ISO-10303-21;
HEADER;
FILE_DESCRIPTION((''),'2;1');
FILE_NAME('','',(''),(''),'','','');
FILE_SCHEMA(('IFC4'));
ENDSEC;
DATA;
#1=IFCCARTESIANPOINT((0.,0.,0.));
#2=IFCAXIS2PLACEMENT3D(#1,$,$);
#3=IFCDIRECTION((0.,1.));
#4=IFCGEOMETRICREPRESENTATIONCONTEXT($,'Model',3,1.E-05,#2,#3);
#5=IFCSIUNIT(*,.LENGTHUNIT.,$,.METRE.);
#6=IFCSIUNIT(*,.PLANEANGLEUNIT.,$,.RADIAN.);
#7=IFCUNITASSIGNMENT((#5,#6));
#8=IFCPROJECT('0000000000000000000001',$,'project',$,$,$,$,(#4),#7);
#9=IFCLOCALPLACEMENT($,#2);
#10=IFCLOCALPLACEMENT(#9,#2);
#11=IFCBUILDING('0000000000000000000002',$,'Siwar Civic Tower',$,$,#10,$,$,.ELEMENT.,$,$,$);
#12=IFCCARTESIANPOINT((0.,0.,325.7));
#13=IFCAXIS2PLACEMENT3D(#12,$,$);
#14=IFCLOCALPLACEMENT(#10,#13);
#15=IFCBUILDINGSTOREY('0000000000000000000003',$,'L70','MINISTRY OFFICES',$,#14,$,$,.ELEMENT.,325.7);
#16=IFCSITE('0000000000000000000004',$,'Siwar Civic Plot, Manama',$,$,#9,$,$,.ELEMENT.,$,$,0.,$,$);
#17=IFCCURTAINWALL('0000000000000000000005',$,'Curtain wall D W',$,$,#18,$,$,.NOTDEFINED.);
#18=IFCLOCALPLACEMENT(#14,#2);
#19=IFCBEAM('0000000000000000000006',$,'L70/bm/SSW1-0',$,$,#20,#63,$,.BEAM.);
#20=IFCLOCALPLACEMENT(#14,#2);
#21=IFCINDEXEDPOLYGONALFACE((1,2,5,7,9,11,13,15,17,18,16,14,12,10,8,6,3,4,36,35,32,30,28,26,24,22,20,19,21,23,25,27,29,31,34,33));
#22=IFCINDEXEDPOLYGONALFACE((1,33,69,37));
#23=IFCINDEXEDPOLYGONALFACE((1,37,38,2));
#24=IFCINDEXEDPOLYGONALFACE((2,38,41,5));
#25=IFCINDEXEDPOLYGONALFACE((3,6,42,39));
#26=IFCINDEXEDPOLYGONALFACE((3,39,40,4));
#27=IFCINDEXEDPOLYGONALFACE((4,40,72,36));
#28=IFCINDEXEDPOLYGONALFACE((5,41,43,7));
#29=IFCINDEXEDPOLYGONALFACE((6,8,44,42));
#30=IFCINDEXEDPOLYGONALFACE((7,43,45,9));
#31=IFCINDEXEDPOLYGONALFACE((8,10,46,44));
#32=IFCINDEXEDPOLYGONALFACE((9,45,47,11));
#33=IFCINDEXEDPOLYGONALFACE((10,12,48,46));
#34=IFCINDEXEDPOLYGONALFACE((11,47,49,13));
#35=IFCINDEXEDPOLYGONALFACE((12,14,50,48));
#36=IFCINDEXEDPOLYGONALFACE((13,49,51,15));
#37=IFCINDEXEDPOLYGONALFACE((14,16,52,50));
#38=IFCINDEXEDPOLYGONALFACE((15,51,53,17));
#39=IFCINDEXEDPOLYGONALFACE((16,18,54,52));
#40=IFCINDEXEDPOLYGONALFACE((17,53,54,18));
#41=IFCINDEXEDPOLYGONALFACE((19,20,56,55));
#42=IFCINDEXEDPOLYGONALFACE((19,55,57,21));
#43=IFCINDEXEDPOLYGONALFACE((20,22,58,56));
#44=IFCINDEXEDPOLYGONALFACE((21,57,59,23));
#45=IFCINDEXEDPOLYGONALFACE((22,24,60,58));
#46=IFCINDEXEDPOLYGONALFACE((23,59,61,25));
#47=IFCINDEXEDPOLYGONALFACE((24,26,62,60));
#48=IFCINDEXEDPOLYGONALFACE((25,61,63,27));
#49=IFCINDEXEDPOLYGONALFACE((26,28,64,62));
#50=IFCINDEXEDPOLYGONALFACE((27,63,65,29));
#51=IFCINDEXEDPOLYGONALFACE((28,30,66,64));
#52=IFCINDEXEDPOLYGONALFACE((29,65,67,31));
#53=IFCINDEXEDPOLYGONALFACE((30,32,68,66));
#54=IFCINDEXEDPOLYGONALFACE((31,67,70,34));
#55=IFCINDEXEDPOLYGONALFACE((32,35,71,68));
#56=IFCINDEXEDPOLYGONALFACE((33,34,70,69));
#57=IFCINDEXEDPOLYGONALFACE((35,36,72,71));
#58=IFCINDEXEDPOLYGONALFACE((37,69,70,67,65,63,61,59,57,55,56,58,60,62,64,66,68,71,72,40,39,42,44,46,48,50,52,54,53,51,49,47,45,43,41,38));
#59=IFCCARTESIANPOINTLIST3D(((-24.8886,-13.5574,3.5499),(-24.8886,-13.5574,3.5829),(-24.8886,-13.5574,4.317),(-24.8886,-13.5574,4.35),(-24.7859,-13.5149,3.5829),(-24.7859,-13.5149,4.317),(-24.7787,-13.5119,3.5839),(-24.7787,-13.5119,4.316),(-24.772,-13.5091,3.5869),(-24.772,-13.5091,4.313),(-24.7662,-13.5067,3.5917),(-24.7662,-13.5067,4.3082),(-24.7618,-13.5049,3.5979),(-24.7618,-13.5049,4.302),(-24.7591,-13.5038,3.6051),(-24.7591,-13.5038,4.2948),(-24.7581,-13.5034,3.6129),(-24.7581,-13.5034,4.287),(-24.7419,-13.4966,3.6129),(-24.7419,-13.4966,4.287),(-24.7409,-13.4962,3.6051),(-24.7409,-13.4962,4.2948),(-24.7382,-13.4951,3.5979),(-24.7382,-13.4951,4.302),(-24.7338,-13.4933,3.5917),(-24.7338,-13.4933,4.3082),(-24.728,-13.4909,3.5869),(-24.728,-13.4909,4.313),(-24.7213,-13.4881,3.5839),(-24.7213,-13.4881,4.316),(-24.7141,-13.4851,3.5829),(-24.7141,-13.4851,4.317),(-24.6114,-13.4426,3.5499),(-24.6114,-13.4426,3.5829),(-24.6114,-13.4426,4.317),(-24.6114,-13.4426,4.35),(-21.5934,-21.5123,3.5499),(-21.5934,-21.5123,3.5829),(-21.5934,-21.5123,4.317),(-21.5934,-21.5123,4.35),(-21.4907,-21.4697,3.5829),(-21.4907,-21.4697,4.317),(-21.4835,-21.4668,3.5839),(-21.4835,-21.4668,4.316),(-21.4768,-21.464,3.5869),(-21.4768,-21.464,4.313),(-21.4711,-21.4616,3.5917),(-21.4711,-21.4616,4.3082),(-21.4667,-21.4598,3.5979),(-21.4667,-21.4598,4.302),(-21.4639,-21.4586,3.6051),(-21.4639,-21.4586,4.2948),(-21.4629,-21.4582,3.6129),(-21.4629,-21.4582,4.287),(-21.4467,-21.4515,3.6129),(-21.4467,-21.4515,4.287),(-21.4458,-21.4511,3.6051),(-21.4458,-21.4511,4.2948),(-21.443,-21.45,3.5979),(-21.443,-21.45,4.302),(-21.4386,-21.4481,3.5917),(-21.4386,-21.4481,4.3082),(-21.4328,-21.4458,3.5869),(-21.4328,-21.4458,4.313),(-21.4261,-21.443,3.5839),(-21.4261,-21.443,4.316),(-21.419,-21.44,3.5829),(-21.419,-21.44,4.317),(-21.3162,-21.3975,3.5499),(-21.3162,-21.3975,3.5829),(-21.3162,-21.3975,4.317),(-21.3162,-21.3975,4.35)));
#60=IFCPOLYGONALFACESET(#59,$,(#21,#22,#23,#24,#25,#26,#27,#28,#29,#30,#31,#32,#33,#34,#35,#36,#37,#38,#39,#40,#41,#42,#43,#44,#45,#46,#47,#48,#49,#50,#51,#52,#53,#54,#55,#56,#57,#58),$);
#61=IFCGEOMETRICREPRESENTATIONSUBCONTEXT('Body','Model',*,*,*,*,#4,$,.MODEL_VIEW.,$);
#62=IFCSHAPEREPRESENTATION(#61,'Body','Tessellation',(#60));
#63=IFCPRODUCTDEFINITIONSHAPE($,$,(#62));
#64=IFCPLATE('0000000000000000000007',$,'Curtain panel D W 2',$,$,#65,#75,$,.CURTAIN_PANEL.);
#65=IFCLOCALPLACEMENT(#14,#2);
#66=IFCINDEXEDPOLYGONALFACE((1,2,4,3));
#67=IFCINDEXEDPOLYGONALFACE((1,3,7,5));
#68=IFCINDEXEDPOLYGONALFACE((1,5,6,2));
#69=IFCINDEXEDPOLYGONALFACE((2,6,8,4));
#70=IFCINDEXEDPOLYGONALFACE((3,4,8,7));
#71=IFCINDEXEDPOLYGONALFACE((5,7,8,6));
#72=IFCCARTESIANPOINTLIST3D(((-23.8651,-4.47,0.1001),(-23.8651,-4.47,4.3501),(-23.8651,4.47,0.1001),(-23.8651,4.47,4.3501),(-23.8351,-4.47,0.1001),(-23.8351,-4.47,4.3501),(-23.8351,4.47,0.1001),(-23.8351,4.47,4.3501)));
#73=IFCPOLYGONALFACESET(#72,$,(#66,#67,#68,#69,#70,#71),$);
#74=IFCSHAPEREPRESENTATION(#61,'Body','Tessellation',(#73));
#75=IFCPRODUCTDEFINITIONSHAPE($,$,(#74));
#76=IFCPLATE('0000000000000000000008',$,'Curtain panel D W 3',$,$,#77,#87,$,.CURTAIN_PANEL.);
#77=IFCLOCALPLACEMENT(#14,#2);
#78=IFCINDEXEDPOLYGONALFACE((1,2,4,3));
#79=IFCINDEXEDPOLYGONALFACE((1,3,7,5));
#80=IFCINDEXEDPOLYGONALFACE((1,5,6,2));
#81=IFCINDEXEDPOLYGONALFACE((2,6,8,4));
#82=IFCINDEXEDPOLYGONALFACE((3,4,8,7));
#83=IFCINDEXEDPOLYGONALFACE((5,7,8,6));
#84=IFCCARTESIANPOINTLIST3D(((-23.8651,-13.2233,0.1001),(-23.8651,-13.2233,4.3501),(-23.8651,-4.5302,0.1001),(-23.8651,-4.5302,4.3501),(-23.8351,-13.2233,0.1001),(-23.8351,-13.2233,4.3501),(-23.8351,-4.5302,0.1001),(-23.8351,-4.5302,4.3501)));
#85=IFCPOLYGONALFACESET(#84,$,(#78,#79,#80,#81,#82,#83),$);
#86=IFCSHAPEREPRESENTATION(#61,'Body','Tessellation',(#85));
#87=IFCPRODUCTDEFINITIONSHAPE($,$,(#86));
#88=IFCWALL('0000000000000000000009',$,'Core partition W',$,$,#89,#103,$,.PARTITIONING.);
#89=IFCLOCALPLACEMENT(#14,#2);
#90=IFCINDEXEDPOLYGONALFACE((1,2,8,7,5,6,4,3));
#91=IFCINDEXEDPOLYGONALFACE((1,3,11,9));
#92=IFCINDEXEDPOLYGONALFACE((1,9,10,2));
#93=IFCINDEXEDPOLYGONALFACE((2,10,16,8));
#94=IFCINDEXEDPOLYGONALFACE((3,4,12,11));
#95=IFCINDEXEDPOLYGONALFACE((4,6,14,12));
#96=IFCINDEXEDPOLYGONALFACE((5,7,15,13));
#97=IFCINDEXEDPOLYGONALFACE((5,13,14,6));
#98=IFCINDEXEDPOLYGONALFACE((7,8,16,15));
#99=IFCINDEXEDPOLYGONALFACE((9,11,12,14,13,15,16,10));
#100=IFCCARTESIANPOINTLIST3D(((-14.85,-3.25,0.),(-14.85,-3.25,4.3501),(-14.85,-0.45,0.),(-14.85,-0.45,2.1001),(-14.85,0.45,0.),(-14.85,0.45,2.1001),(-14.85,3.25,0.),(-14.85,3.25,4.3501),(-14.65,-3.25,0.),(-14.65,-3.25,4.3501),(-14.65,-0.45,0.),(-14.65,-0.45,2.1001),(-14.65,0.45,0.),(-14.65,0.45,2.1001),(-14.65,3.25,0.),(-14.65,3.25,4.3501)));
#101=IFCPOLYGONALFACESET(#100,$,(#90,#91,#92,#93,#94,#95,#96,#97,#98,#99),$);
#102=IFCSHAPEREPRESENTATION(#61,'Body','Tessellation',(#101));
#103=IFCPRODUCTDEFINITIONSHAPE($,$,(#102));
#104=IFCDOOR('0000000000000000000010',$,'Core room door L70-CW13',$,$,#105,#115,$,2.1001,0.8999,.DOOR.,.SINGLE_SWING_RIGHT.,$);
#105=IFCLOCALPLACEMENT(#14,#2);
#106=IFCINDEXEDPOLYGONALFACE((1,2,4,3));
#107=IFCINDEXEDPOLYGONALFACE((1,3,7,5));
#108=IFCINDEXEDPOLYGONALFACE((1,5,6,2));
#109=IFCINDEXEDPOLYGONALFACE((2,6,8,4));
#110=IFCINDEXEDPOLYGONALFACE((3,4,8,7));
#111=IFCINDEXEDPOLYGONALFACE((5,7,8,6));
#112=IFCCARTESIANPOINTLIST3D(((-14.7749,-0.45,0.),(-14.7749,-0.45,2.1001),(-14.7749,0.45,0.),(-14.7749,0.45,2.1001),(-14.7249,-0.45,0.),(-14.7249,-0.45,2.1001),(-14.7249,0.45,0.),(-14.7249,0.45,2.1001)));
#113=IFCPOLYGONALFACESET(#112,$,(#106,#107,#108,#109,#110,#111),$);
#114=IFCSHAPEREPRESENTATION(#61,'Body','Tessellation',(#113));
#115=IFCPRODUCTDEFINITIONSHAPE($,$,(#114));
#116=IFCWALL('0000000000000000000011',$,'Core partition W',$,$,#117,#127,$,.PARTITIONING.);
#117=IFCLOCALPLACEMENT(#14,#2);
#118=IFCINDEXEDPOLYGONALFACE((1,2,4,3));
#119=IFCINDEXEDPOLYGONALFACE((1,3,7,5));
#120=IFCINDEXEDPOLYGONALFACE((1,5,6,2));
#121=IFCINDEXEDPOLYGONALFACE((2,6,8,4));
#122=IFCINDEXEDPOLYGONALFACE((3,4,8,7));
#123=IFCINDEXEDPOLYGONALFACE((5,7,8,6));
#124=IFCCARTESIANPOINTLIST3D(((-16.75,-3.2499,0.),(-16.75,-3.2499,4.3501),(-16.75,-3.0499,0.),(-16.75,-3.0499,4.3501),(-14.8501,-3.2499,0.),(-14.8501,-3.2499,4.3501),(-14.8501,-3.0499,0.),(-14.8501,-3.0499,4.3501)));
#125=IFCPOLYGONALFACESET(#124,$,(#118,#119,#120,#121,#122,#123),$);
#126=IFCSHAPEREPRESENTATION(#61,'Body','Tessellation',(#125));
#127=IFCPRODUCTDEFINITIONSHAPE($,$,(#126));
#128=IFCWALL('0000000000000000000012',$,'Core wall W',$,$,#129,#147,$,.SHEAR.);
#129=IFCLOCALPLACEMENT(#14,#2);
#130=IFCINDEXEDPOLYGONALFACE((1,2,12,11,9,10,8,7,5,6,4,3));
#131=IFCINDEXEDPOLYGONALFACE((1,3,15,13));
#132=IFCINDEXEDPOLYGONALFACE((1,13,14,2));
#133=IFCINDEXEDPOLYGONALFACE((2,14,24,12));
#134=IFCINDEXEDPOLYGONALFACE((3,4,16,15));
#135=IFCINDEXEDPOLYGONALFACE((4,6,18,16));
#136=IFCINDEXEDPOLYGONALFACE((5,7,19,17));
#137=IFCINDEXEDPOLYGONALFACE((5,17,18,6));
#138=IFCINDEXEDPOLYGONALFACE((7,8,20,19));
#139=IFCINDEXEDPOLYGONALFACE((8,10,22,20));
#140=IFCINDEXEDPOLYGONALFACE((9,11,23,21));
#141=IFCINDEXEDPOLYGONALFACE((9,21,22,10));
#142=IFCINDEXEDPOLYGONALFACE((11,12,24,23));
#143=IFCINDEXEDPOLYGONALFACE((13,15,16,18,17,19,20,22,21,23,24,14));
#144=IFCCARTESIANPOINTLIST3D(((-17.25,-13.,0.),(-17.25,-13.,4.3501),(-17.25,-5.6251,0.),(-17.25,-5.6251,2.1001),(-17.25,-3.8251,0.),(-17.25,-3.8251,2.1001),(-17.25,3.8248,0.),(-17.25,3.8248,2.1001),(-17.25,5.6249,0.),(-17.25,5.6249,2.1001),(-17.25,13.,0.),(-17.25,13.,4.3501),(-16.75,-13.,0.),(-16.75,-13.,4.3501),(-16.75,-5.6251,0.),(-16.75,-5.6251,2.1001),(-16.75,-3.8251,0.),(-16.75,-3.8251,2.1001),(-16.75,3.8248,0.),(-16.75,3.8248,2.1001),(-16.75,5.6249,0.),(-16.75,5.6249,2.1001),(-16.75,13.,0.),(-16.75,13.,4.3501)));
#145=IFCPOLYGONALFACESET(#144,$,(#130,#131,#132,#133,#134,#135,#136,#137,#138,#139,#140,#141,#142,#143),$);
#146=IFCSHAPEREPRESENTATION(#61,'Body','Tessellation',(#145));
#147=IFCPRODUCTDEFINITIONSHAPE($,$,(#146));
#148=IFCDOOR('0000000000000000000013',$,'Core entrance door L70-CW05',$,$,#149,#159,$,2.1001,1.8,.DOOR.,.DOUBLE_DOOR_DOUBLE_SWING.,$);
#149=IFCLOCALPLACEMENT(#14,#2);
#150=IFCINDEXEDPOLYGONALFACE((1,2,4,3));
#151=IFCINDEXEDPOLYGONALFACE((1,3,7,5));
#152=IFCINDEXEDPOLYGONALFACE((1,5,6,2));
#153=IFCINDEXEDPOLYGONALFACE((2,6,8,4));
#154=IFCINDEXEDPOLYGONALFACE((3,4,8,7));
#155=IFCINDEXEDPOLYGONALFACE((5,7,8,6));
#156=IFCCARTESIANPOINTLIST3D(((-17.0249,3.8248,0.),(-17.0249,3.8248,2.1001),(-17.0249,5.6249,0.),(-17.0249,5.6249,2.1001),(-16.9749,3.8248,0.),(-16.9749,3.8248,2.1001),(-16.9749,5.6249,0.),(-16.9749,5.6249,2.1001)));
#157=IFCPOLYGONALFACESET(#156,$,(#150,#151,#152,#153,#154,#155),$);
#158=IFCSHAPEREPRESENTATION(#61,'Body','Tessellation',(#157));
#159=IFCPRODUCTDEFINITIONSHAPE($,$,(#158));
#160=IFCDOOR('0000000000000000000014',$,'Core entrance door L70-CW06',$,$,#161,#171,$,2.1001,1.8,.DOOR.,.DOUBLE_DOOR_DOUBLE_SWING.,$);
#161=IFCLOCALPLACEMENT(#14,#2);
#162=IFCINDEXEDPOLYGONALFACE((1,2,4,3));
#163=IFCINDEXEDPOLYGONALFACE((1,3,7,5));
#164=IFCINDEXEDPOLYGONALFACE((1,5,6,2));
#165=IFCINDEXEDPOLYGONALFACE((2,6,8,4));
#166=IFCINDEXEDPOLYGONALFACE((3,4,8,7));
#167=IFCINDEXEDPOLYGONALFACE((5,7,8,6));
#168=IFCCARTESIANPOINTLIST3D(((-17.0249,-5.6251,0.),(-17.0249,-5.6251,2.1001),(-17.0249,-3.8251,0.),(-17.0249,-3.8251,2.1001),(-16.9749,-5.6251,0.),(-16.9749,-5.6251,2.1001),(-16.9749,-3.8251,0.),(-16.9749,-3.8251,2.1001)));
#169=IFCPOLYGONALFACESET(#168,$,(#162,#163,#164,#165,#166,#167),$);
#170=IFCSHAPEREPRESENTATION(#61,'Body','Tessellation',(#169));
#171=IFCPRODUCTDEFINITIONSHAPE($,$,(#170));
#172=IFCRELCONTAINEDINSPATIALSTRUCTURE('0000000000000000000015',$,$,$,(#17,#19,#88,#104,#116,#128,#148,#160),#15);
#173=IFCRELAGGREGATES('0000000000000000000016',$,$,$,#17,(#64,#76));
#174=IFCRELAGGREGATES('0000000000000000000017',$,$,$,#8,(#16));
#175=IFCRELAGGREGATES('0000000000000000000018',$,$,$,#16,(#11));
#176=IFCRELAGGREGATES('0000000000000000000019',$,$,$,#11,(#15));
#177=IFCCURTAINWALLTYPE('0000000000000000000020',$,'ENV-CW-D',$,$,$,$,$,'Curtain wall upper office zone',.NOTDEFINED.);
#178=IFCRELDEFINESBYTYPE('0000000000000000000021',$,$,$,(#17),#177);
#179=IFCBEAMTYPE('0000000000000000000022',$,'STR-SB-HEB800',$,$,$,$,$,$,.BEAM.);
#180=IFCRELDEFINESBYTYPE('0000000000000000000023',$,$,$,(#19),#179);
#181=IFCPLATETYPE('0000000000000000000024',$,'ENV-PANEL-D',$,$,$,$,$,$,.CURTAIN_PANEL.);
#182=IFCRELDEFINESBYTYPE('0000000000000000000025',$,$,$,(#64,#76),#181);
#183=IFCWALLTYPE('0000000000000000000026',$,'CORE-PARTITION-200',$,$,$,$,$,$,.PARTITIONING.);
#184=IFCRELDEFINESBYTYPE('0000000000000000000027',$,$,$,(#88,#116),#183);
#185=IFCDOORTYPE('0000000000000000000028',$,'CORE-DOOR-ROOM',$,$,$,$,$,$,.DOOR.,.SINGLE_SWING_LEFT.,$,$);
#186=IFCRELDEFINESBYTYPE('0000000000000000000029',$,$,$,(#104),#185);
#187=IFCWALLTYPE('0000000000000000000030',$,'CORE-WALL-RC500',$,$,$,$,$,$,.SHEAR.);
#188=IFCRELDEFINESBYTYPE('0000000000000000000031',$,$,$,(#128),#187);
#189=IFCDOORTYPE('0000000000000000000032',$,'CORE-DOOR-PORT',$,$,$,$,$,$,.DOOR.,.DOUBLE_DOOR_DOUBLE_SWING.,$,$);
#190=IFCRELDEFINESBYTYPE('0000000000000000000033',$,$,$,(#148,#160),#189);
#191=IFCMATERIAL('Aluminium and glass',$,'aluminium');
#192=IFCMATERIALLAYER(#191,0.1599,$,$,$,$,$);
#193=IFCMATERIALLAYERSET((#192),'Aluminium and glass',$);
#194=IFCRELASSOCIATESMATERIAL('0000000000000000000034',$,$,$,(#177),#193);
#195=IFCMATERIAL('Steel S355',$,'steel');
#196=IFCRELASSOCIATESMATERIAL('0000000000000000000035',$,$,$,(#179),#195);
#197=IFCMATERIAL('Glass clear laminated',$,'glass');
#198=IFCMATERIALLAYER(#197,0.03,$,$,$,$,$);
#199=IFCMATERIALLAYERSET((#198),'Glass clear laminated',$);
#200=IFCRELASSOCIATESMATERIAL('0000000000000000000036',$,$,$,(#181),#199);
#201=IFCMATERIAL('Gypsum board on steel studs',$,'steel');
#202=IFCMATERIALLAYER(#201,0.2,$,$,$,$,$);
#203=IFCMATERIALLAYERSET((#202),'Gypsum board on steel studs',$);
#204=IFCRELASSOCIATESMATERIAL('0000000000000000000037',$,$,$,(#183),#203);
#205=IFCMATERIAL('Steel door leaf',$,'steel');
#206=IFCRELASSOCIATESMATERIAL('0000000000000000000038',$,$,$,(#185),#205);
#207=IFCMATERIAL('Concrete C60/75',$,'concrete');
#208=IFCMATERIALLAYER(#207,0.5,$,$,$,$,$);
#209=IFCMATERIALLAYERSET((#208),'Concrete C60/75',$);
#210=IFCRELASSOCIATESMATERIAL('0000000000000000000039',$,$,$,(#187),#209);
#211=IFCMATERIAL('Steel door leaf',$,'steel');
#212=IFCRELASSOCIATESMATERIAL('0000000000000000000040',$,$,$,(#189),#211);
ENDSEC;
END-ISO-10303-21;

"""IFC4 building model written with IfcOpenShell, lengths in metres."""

from ifc_helpers import new_model, si_unit, direction, frame, frame_2d, origin, origin_2d, place, context, subcontext, project, spatial, rectangle, i_section, extrude, material, layer, layer_set, material_profile, profile_set, type_object, element, fill, aggregate, save


model = new_model("IFC4")

# Units and contexts
model_context = context("Model", 3, precision=1e-05, world=origin(), true_north=direction((0.0, 1.0)))
body_context = subcontext(model_context, "Body", "Model", "MODEL_VIEW")
ifc_project = project(units=[si_unit("LENGTHUNIT", "METRE"), si_unit("PLANEANGLEUNIT", "RADIAN")], contexts=[model_context])

# Site, building, storey
site_placement = place(None, origin())
site = spatial("IfcSite", under=ifc_project, at=site_placement, Name="Siwar Civic Plot, Manama", CompositionType="ELEMENT", RefElevation=0.0)
building_placement = place(site_placement, origin())
building = spatial("IfcBuilding", under=site, at=building_placement, Name="Siwar Civic Tower", CompositionType="ELEMENT")
storey_placement = place(building_placement, frame((0.0, 0.0, 325.7)))
storey = spatial("IfcBuildingStorey", under=building, at=storey_placement, Name="L70", Description="MINISTRY OFFICES", CompositionType="ELEMENT", Elevation=325.7)

# Curtain wall
ifc_material_1 = material(Name="Aluminium and glass", Category="aluminium")
ifc_layer_1 = layer(ifc_material_1, 0.1599)
ifc_layer_set_1 = layer_set([ifc_layer_1], Name="Aluminium and glass")
curtain_wall_type_1 = type_object("IfcCurtainWallType", Name="ENV-CW-D", ElementType="Curtain wall upper office zone", PredefinedType="NOTDEFINED", material=ifc_layer_set_1)
curtain_wall_1_placement = place(storey_placement, origin())
curtain_wall_1 = element("IfcCurtainWall", 1, at=curtain_wall_1_placement, inside=storey, type_object=curtain_wall_type_1, Name="Curtain wall D W", PredefinedType="NOTDEFINED")

# Beam
ifc_material_2 = material(Name="Steel S355", Category="steel")
ifc_material_profile_1 = material_profile(ifc_material_2, i_section(OverallWidth=0.3, OverallDepth=0.8, WebThickness=0.0176, FlangeThickness=0.033, FilletRadius=0.03, at=origin_2d()), Name="HEB800")
ifc_profile_set_1 = profile_set([ifc_material_profile_1], Name="Steel S355")
beam_type_1 = type_object("IfcBeamType", Name="STR-SB-HEB800", PredefinedType="BEAM", material=ifc_profile_set_1)
beam_1_placement = place(storey_placement, frame((-24.75, -13.5, 3.95), z_axis=(0.3827, -0.923873, 0.0), x_axis=(0.923873, 0.3827, 0.0)))
element("IfcBeam", 2, at=beam_1_placement, inside=storey, type_object=beam_type_1, Name="L70/bm/SSW1-0", PredefinedType="BEAM", context=body_context, shape_type="SweptSolid", body=[
    extrude(i_section(OverallWidth=0.3, OverallDepth=0.8, WebThickness=0.0176, FlangeThickness=0.033, FilletRadius=0.03, at=origin_2d()), origin(), (0.0, 0.0, 1.0), 8.6104),
])

# Plates
ifc_material_3 = material(Name="Glass clear laminated", Category="glass")
ifc_layer_2 = layer(ifc_material_3, 0.03)
ifc_layer_set_2 = layer_set([ifc_layer_2], Name="Glass clear laminated")
plate_type = type_object("IfcPlateType", Name="ENV-PANEL-D", PredefinedType="CURTAIN_PANEL", material=ifc_layer_set_2)
plate_1_placement = place(storey_placement, frame((-23.8501, 0.0, 0.1001), z_axis=(0.0, 0.0, 1.0), x_axis=(0.0, -1.0, 0.0)))
plate_1 = element("IfcPlate", 3, at=plate_1_placement, type_object=plate_type, Name="Curtain panel D W 2", PredefinedType="CURTAIN_PANEL", context=body_context, shape_type="SweptSolid", body=[
    extrude(rectangle(XDim=8.9399, YDim=0.03, at=origin_2d()), origin(), (0.0, 0.0, 1.0), 4.25),
])
plate_2_placement = place(storey_placement, frame((-23.8501, -8.8767, 0.1001), z_axis=(0.0, 0.0, 1.0), x_axis=(0.0, -1.0, 0.0)))
plate_2 = element("IfcPlate", 4, at=plate_2_placement, type_object=plate_type, Name="Curtain panel D W 3", PredefinedType="CURTAIN_PANEL", context=body_context, shape_type="SweptSolid", body=[
    extrude(rectangle(XDim=8.6931, YDim=0.03, at=origin_2d()), origin(), (0.0, 0.0, 1.0), 4.25),
])
aggregate(curtain_wall_1, [plate_1, plate_2])

# Wall, opening, door
ifc_material_4 = material(Name="Gypsum board on steel studs", Category="steel")
ifc_layer_3 = layer(ifc_material_4, 0.2)
ifc_layer_set_3 = layer_set([ifc_layer_3], Name="Gypsum board on steel studs")
wall_type_1 = type_object("IfcWallType", Name="CORE-PARTITION-200", PredefinedType="PARTITIONING", material=ifc_layer_set_3)
wall_1_placement = place(storey_placement, frame((-14.75, -3.25, 0.0), z_axis=(0.0, 0.0, 1.0), x_axis=(0.0, 1.0, 0.0)))
wall_1 = element("IfcWall", 5, at=wall_1_placement, inside=storey, type_object=wall_type_1, Name="Core partition W", PredefinedType="PARTITIONING", context=body_context, shape_type="SweptSolid", body=[
    extrude(rectangle(XDim=6.5, YDim=0.2, at=frame_2d((3.25, 0.0))), origin(), (0.0, 0.0, 1.0), 4.3501),
])
opening_1_placement = place(wall_1_placement, frame((2.8, 0.0, 0.0)))
opening_1 = element("IfcOpeningElement", 6, at=opening_1_placement, cuts=wall_1, PredefinedType="OPENING", context=body_context, shape_type="SweptSolid", body=[
    extrude(rectangle(XDim=0.8999, YDim=2.1001, at=frame_2d((0.45, 1.05))), frame((0.0, 0.1099, 0.0), z_axis=(0.0, -1.0, 0.0), x_axis=(1.0, 0.0, 0.0)), (0.0, 0.0, 1.0), 0.22),
])
ifc_material_5 = material(Name="Steel door leaf", Category="steel")
door_type_1 = type_object("IfcDoorType", Name="CORE-DOOR-ROOM", OperationType="SINGLE_SWING_LEFT", PredefinedType="DOOR", material=ifc_material_5)
door_1_placement = place(opening_1_placement, origin())
door_1 = element("IfcDoor", 7, at=door_1_placement, inside=storey, type_object=door_type_1, Name="Core room door L70-CW13", OperationType="SINGLE_SWING_RIGHT", OverallHeight=2.1001, OverallWidth=0.8999, PredefinedType="DOOR", context=body_context, shape_type="SweptSolid", body=[
    extrude(rectangle(XDim=0.8999, YDim=2.1001, at=frame_2d((0.45, 1.05))), frame((0.0, 0.0249, 0.0), z_axis=(0.0, -1.0, 0.0), x_axis=(1.0, 0.0, 0.0)), (0.0, 0.0, 1.0), 0.05),
])
fill(opening_1, door_1)

# Wall
wall_2_placement = place(storey_placement, frame((-14.8501, -3.1499, 0.0), z_axis=(0.0, 0.0, 1.0), x_axis=(-1.0, 0.0, 0.0)))
element("IfcWall", 8, at=wall_2_placement, inside=storey, type_object=wall_type_1, Name="Core partition W", PredefinedType="PARTITIONING", context=body_context, shape_type="SweptSolid", body=[
    extrude(rectangle(XDim=1.8999, YDim=0.2, at=frame_2d((0.95, 0.0))), origin(), (0.0, 0.0, 1.0), 4.3501),
])

# Wall, openings, doors
ifc_material_6 = material(Name="Concrete C60/75", Category="concrete")
ifc_layer_4 = layer(ifc_material_6, 0.5)
ifc_layer_set_4 = layer_set([ifc_layer_4], Name="Concrete C60/75")
wall_type_2 = type_object("IfcWallType", Name="CORE-WALL-RC500", PredefinedType="SHEAR", material=ifc_layer_set_4)
wall_3_placement = place(storey_placement, frame((-17.0, -13.0, 0.0), z_axis=(0.0, 0.0, 1.0), x_axis=(0.0, 1.0, 0.0)))
wall_3 = element("IfcWall", 9, at=wall_3_placement, inside=storey, type_object=wall_type_2, Name="Core wall W", PredefinedType="SHEAR", context=body_context, shape_type="SweptSolid", body=[
    extrude(rectangle(XDim=26.0, YDim=0.5, at=frame_2d((13.0, 0.0))), origin(), (0.0, 0.0, 1.0), 4.3501),
])
opening_2_placement = place(wall_3_placement, frame((16.825, 0.0, 0.0)))
opening_2 = element("IfcOpeningElement", 10, at=opening_2_placement, cuts=wall_3, PredefinedType="OPENING", context=body_context, shape_type="SweptSolid", body=[
    extrude(rectangle(XDim=1.8, YDim=2.1001, at=frame_2d((0.8999, 1.05))), frame((0.0, 0.26, 0.0), z_axis=(0.0, -1.0, 0.0), x_axis=(1.0, 0.0, 0.0)), (0.0, 0.0, 1.0), 0.52),
])
opening_3_placement = place(wall_3_placement, frame((7.375, 0.0, 0.0)))
opening_3 = element("IfcOpeningElement", 11, at=opening_3_placement, cuts=wall_3, PredefinedType="OPENING", context=body_context, shape_type="SweptSolid", body=[
    extrude(rectangle(XDim=1.8, YDim=2.1001, at=frame_2d((0.8999, 1.05))), frame((0.0, 0.26, 0.0), z_axis=(0.0, -1.0, 0.0), x_axis=(1.0, 0.0, 0.0)), (0.0, 0.0, 1.0), 0.52),
])
ifc_material_7 = material(Name="Steel door leaf", Category="steel")
door_type_2 = type_object("IfcDoorType", Name="CORE-DOOR-PORT", OperationType="DOUBLE_DOOR_DOUBLE_SWING", PredefinedType="DOOR", material=ifc_material_7)
door_2_placement = place(opening_2_placement, origin())
door_2 = element("IfcDoor", 12, at=door_2_placement, inside=storey, type_object=door_type_2, Name="Core entrance door L70-CW05", OperationType="DOUBLE_DOOR_DOUBLE_SWING", OverallHeight=2.1001, OverallWidth=1.8, PredefinedType="DOOR", context=body_context, shape_type="SweptSolid", body=[
    extrude(rectangle(XDim=1.8, YDim=2.1001, at=frame_2d((0.8999, 1.05))), frame((0.0, 0.0249, 0.0), z_axis=(0.0, -1.0, 0.0), x_axis=(1.0, 0.0, 0.0)), (0.0, 0.0, 1.0), 0.05),
])
fill(opening_2, door_2)
door_3_placement = place(opening_3_placement, origin())
door_3 = element("IfcDoor", 13, at=door_3_placement, inside=storey, type_object=door_type_2, Name="Core entrance door L70-CW06", OperationType="DOUBLE_DOOR_DOUBLE_SWING", OverallHeight=2.1001, OverallWidth=1.8, PredefinedType="DOOR", context=body_context, shape_type="SweptSolid", body=[
    extrude(rectangle(XDim=1.8, YDim=2.1001, at=frame_2d((0.8999, 1.05))), frame((0.0, 0.0249, 0.0), z_axis=(0.0, -1.0, 0.0), x_axis=(1.0, 0.0, 0.0)), (0.0, 0.0, 1.0), 0.05),
])
fill(opening_3, door_3)

save(model, "model.ifc")
